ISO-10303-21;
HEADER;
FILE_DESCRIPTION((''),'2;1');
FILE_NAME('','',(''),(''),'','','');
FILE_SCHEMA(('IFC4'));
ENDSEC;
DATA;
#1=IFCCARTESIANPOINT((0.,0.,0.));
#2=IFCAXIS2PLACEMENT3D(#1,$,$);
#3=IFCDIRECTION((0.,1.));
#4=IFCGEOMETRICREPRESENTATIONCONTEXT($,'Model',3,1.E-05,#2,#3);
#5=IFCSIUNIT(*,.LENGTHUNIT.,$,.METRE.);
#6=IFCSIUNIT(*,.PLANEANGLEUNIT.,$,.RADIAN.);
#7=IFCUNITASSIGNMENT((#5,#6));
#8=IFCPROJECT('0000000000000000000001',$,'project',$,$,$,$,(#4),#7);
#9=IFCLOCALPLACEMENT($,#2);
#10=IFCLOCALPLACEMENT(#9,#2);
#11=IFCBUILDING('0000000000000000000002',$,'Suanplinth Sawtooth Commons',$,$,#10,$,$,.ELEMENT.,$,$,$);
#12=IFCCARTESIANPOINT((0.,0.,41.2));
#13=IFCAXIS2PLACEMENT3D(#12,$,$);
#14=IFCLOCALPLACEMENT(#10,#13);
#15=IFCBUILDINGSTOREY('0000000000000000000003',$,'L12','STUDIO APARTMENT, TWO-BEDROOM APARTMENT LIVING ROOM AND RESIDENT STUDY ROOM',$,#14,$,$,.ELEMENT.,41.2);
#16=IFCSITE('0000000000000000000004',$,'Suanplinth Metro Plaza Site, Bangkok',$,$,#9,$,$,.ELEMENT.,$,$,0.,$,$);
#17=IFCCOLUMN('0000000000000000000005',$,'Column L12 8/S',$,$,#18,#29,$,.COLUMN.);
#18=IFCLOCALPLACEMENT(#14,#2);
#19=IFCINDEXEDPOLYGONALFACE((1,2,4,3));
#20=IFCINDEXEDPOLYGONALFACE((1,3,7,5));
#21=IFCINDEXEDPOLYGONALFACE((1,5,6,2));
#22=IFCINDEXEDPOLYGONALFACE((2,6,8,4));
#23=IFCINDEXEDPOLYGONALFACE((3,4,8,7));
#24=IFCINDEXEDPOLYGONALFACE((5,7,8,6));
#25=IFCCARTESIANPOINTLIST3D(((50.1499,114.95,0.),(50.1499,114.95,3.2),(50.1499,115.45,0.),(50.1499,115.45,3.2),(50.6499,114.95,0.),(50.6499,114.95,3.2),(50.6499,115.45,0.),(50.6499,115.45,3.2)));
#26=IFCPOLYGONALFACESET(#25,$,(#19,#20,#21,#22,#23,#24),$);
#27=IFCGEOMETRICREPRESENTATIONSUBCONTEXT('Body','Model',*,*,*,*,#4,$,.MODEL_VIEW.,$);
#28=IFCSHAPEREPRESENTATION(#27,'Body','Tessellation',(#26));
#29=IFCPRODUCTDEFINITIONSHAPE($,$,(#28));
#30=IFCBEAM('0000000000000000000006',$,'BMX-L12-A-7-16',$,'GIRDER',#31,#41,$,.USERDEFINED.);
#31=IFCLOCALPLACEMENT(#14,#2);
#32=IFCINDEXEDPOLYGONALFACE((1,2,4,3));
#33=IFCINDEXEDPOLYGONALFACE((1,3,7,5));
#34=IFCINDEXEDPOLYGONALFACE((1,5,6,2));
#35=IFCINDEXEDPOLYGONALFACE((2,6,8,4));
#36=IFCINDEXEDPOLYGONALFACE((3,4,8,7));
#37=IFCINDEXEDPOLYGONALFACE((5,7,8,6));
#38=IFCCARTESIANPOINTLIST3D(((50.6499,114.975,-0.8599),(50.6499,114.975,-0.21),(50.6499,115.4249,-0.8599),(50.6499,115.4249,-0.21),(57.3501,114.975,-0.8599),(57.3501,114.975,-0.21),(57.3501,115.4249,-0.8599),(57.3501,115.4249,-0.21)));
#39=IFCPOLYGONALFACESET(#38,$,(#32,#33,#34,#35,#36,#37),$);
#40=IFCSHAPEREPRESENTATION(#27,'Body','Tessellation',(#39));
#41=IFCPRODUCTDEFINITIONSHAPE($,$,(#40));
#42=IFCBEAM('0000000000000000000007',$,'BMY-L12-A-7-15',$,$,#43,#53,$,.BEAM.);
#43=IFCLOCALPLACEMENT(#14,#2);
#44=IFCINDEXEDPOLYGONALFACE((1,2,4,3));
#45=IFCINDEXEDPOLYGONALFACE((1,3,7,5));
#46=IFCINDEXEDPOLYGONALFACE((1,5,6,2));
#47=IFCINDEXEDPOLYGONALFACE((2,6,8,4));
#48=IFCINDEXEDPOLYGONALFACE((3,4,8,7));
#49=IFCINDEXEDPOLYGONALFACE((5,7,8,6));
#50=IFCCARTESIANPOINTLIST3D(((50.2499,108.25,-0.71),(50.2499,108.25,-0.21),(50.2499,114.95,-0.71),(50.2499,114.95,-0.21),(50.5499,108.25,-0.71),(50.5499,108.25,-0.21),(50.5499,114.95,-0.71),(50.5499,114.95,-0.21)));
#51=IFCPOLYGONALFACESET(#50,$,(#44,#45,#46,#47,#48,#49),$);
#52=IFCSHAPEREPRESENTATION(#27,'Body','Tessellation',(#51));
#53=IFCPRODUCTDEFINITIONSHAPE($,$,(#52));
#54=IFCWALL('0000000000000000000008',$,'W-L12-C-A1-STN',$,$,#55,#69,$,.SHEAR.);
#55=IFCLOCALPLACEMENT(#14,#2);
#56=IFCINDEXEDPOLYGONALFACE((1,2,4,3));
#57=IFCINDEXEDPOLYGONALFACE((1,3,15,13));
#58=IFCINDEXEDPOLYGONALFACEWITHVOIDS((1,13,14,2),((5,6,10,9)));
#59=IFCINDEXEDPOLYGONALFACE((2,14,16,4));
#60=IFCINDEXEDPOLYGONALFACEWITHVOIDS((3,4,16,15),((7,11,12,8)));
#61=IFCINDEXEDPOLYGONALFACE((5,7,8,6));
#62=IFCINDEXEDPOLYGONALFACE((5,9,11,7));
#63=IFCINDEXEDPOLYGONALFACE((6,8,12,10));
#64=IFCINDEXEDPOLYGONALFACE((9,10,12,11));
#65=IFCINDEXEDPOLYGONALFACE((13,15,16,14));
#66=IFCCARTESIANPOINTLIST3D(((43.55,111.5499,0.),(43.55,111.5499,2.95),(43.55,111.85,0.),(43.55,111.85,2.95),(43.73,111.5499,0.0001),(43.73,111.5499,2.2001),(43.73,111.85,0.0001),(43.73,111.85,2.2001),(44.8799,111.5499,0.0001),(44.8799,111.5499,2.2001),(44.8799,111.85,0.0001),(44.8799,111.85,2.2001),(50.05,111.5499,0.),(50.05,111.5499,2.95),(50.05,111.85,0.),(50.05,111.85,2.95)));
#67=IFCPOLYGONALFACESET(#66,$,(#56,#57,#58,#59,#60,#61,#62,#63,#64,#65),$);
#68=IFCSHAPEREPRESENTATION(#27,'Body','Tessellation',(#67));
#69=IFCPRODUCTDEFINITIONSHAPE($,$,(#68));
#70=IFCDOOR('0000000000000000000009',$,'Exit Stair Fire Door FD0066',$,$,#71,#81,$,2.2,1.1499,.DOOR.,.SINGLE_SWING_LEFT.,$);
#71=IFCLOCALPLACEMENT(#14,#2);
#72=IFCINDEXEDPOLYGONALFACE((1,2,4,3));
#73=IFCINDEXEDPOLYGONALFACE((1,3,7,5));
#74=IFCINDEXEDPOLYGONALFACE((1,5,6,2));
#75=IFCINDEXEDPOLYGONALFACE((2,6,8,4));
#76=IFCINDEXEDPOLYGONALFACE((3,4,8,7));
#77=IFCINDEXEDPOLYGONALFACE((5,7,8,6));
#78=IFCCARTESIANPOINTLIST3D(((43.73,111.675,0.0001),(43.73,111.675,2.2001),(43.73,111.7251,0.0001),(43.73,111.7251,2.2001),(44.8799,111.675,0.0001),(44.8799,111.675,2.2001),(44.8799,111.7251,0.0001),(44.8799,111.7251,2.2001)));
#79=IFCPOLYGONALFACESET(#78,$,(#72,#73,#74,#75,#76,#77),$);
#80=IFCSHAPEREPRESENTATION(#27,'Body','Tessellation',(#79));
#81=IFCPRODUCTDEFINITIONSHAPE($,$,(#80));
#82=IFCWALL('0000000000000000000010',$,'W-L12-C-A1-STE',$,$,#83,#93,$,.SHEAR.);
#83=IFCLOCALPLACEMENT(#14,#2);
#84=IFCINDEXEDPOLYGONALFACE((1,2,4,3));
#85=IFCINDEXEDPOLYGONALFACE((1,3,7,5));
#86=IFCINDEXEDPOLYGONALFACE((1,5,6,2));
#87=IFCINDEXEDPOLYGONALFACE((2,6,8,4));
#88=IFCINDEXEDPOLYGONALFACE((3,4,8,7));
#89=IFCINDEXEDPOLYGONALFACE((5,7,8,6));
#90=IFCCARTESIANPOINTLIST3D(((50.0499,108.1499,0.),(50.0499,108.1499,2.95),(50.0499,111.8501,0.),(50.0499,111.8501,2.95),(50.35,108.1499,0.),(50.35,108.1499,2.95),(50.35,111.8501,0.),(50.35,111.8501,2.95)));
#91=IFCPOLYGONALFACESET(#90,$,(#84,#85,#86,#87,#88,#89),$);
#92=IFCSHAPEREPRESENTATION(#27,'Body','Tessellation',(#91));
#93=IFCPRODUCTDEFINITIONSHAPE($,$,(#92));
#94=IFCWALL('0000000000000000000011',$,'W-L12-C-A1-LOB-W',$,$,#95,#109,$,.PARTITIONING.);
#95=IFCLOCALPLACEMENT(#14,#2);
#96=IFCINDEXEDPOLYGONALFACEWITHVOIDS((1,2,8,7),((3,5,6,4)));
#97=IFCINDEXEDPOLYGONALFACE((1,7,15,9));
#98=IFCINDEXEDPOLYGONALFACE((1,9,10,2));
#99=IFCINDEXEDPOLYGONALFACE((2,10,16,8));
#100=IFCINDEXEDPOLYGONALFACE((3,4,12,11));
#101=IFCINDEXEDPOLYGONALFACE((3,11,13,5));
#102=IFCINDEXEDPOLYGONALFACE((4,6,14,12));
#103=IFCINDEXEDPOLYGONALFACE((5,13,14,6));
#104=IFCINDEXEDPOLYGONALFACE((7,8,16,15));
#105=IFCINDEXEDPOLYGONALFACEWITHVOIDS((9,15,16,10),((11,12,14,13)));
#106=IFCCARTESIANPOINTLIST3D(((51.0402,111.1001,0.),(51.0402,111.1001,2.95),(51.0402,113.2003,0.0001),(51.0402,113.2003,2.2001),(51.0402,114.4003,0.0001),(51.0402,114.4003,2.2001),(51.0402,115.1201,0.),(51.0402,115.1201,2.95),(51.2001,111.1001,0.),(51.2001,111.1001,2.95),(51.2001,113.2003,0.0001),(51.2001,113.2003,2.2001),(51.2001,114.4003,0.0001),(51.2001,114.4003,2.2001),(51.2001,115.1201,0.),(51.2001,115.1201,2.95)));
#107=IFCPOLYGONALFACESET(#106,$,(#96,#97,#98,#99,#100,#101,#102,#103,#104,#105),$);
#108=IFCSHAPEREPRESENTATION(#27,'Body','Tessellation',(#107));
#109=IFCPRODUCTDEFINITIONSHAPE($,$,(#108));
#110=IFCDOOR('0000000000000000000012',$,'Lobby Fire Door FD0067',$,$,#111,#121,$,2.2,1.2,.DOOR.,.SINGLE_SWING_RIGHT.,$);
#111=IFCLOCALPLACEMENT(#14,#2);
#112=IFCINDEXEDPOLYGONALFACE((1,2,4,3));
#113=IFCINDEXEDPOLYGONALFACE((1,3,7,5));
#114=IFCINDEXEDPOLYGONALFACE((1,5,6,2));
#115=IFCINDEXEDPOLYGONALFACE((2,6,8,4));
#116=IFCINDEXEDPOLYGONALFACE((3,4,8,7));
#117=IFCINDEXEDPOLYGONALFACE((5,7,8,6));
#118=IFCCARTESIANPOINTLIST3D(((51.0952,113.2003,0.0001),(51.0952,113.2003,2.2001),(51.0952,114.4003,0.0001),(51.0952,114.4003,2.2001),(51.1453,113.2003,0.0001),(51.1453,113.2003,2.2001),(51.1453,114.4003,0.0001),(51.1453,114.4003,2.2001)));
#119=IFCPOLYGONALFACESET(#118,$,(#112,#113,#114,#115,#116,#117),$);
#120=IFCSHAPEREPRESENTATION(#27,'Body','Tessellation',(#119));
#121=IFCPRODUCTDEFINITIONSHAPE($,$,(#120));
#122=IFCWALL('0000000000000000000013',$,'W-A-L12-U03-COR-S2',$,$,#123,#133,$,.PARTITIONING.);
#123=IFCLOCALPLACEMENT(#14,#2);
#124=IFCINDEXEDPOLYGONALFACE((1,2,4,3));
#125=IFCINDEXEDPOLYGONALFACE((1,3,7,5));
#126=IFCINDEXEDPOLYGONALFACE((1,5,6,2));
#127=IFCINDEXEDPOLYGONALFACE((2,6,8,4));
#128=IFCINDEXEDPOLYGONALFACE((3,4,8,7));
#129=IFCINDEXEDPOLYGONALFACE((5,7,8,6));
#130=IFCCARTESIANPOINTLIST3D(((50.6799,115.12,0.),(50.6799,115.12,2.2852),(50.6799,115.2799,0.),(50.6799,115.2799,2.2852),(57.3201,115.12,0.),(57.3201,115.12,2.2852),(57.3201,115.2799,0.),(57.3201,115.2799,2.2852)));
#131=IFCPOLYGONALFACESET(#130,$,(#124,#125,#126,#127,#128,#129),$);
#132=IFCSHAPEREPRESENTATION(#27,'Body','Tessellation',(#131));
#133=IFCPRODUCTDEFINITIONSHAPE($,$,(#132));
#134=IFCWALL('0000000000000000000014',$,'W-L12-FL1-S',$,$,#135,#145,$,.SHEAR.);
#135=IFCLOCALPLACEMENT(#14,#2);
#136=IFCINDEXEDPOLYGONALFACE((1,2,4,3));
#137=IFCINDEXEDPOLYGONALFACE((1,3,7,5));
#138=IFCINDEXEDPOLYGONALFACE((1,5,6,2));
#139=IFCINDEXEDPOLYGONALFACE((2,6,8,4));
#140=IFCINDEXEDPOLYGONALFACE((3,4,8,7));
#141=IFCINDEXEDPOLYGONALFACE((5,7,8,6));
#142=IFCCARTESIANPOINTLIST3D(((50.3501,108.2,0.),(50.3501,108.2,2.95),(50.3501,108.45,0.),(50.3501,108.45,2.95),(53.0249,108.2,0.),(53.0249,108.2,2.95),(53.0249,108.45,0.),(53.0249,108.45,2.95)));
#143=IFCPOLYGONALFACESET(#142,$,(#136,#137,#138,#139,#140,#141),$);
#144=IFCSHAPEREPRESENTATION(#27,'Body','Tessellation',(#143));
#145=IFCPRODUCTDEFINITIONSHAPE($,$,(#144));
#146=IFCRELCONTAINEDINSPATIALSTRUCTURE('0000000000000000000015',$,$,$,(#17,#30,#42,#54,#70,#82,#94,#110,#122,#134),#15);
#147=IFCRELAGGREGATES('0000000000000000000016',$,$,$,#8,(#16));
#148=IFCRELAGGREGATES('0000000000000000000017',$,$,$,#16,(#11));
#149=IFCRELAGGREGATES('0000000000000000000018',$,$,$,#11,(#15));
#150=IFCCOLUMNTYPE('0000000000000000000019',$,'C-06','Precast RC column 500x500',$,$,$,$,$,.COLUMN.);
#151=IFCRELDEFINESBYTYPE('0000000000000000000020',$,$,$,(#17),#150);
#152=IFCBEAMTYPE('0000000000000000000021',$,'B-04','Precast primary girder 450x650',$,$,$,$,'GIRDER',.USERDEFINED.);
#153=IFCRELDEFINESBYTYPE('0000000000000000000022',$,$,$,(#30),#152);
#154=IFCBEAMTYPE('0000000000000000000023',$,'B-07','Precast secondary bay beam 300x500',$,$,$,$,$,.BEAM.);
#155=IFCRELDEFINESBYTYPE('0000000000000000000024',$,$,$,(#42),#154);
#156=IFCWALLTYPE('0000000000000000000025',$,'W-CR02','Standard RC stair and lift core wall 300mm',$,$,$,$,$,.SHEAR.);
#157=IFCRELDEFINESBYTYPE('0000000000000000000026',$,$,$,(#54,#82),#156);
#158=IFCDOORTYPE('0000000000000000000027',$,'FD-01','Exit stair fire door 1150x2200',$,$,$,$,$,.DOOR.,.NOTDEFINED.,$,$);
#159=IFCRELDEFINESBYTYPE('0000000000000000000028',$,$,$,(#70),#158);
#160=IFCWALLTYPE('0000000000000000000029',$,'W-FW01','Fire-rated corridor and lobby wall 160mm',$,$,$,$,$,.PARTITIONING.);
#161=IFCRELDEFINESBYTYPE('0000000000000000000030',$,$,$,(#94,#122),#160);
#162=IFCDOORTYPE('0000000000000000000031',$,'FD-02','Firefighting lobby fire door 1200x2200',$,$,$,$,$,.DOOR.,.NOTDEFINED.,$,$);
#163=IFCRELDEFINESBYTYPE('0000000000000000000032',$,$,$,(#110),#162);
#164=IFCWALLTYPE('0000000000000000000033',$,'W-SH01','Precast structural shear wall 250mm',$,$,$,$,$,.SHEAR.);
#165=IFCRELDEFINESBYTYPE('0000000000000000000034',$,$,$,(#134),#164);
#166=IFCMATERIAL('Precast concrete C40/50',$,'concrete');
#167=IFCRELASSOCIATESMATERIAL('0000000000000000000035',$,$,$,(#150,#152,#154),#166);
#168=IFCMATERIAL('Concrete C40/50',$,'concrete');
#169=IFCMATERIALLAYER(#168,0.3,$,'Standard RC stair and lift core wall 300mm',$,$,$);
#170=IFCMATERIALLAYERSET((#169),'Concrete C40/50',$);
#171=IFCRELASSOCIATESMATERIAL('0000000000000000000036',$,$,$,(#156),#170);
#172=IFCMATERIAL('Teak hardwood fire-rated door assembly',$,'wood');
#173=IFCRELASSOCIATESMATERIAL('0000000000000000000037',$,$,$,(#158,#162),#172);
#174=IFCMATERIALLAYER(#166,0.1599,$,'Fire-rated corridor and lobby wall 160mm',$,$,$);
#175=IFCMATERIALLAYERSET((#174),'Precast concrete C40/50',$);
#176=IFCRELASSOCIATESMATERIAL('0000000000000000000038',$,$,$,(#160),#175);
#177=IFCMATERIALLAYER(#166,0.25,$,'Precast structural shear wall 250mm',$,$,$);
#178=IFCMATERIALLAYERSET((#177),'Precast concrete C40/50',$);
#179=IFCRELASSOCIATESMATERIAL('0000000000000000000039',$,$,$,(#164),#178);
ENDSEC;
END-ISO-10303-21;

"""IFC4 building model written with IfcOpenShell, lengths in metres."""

from ifc_helpers import new_model, si_unit, direction, frame, frame_2d, origin, origin_2d, place, context, subcontext, project, spatial, rectangle, extrude, material, layer, layer_set, material_profile, profile_set, type_object, element, fill, save


model = new_model("IFC4")

# Units and contexts
model_context = context("Model", 3, precision=1e-05, world=origin(), true_north=direction((0.0, 1.0)))
body_context = subcontext(model_context, "Body", "Model", "MODEL_VIEW")
ifc_project = project(units=[si_unit("LENGTHUNIT", "METRE"), si_unit("PLANEANGLEUNIT", "RADIAN")], contexts=[model_context])

# Site, building, storey
site_placement = place(None, origin())
site = spatial("IfcSite", under=ifc_project, at=site_placement, Name="Suanplinth Metro Plaza Site, Bangkok", CompositionType="ELEMENT", RefElevation=0.0)
building_placement = place(site_placement, origin())
building = spatial("IfcBuilding", under=site, at=building_placement, Name="Suanplinth Sawtooth Commons", CompositionType="ELEMENT")
storey_placement = place(building_placement, frame((0.0, 0.0, 41.2)))
storey = spatial("IfcBuildingStorey", under=building, at=storey_placement, Name="L12", Description="STUDIO APARTMENT, TWO-BEDROOM APARTMENT LIVING ROOM AND RESIDENT STUDY ROOM", CompositionType="ELEMENT", Elevation=41.2)

# Column
ifc_material_1 = material(Name="Precast concrete C40/50", Category="concrete")
ifc_material_profile_1 = material_profile(ifc_material_1, rectangle(XDim=0.5, YDim=0.5, at=origin_2d()), Name="PC-COL 500x500")
ifc_profile_set_1 = profile_set([ifc_material_profile_1], Name="Precast concrete C40/50")
column_type = type_object("IfcColumnType", Name="C-06", Description="Precast RC column 500x500", PredefinedType="COLUMN", material=ifc_profile_set_1)
column_placement = place(storey_placement, frame((50.3999, 115.2, 0.0), z_axis=(0.0, 0.0, 1.0), x_axis=(1.0, 0.0, 0.0)))
element("IfcColumn", 1, at=column_placement, inside=storey, type_object=column_type, Name="Column L12 8/S", PredefinedType="COLUMN", context=body_context, shape_type="SweptSolid", body=[
    extrude(rectangle(XDim=0.5, YDim=0.5, at=origin_2d()), origin(), (0.0, 0.0, 1.0), 3.2),
])

# Beams
ifc_material_profile_2 = material_profile(ifc_material_1, rectangle(XDim=0.45, YDim=0.6499, at=origin_2d()), Name="PC-GDR 450x650")
ifc_profile_set_2 = profile_set([ifc_material_profile_2], Name="Precast concrete C40/50")
beam_type_1 = type_object("IfcBeamType", Name="B-04", Description="Precast primary girder 450x650", ElementType="GIRDER", PredefinedType="USERDEFINED", material=ifc_profile_set_2)
beam_1_placement = place(storey_placement, frame((50.6499, 115.2, -0.5349), z_axis=(1.0, 0.0, 0.0), x_axis=(0.0, 1.0, 0.0)))
element("IfcBeam", 2, at=beam_1_placement, inside=storey, type_object=beam_type_1, Name="BMX-L12-A-7-16", ObjectType="GIRDER", PredefinedType="USERDEFINED", context=body_context, shape_type="SweptSolid", body=[
    extrude(rectangle(XDim=0.45, YDim=0.6499, at=origin_2d()), origin(), (0.0, 0.0, 1.0), 6.7002),
])
ifc_material_profile_3 = material_profile(ifc_material_1, rectangle(XDim=0.3, YDim=0.5, at=origin_2d()), Name="PC-BM 300x500")
ifc_profile_set_3 = profile_set([ifc_material_profile_3], Name="Precast concrete C40/50")
beam_type_2 = type_object("IfcBeamType", Name="B-07", Description="Precast secondary bay beam 300x500", PredefinedType="BEAM", material=ifc_profile_set_3)
beam_2_placement = place(storey_placement, frame((50.3999, 108.25, -0.46), z_axis=(0.0, 1.0, 0.0), x_axis=(-1.0, 0.0, 0.0)))
element("IfcBeam", 3, at=beam_2_placement, inside=storey, type_object=beam_type_2, Name="BMY-L12-A-7-15", PredefinedType="BEAM", context=body_context, shape_type="SweptSolid", body=[
    extrude(rectangle(XDim=0.3, YDim=0.5, at=origin_2d()), origin(), (0.0, 0.0, 1.0), 6.7),
])

# Wall, opening, door
ifc_material_2 = material(Name="Concrete C40/50", Category="concrete")
ifc_layer_1 = layer(ifc_material_2, 0.3, Name="Standard RC stair and lift core wall 300mm")
ifc_layer_set_1 = layer_set([ifc_layer_1], Name="Concrete C40/50")
wall_type_1 = type_object("IfcWallType", Name="W-CR02", Description="Standard RC stair and lift core wall 300mm", PredefinedType="SHEAR", material=ifc_layer_set_1)
wall_1_placement = place(storey_placement, frame((43.55, 111.7, 0.0), z_axis=(0.0, 0.0, 1.0), x_axis=(1.0, 0.0, 0.0)))
wall_1 = element("IfcWall", 4, at=wall_1_placement, inside=storey, type_object=wall_type_1, Name="W-L12-C-A1-STN", PredefinedType="SHEAR", context=body_context, shape_type="SweptSolid", body=[
    extrude(rectangle(XDim=6.5, YDim=0.3, at=frame_2d((3.25, 0.0))), origin(), (0.0, 0.0, 1.0), 2.95),
])
opening_1_placement = place(wall_1_placement, frame((0.1799, 0.0, 0.0)))
opening_1 = element("IfcOpeningElement", 5, at=opening_1_placement, cuts=wall_1, PredefinedType="OPENING", context=body_context, shape_type="SweptSolid", body=[
    extrude(rectangle(XDim=1.1499, YDim=2.2, at=frame_2d((0.575, 1.1001))), frame((0.0, 0.165, 0.0), z_axis=(0.0, -1.0, 0.0), x_axis=(1.0, 0.0, 0.0)), (0.0, 0.0, 1.0), 0.3298),
])
ifc_material_3 = material(Name="Teak hardwood fire-rated door assembly", Category="wood")
door_type_1 = type_object("IfcDoorType", Name="FD-01", Description="Exit stair fire door 1150x2200", OperationType="NOTDEFINED", PredefinedType="DOOR", material=ifc_material_3)
door_1_placement = place(opening_1_placement, frame((1.1499, 0.0, 0.0), z_axis=(0.0, 0.0, 1.0), x_axis=(-1.0, 0.0, 0.0)))
door_1 = element("IfcDoor", 6, at=door_1_placement, inside=storey, type_object=door_type_1, Name="Exit Stair Fire Door FD0066", OperationType="SINGLE_SWING_LEFT", OverallHeight=2.2, OverallWidth=1.1499, PredefinedType="DOOR", context=body_context, shape_type="SweptSolid", body=[
    extrude(rectangle(XDim=1.1499, YDim=2.2, at=frame_2d((0.575, 1.1001))), frame((0.0, 0.0249, 0.0), z_axis=(0.0, -1.0, 0.0), x_axis=(1.0, 0.0, 0.0)), (0.0, 0.0, 1.0), 0.05),
])
fill(opening_1, door_1)

# Wall
wall_2_placement = place(storey_placement, frame((50.2, 108.1499, 0.0), z_axis=(0.0, 0.0, 1.0), x_axis=(0.0, 1.0, 0.0)))
element("IfcWall", 7, at=wall_2_placement, inside=storey, type_object=wall_type_1, Name="W-L12-C-A1-STE", PredefinedType="SHEAR", context=body_context, shape_type="SweptSolid", body=[
    extrude(rectangle(XDim=3.7002, YDim=0.3, at=frame_2d((1.8501, 0.0))), origin(), (0.0, 0.0, 1.0), 2.95),
])

# Wall, opening, door
ifc_layer_2 = layer(ifc_material_1, 0.1599, Name="Fire-rated corridor and lobby wall 160mm")
ifc_layer_set_2 = layer_set([ifc_layer_2], Name="Precast concrete C40/50")
wall_type_2 = type_object("IfcWallType", Name="W-FW01", Description="Fire-rated corridor and lobby wall 160mm", PredefinedType="PARTITIONING", material=ifc_layer_set_2)
wall_3_placement = place(storey_placement, frame((51.1201, 111.1001, 0.0), z_axis=(0.0, 0.0, 1.0), x_axis=(0.0, 1.0, 0.0)))
wall_3 = element("IfcWall", 8, at=wall_3_placement, inside=storey, type_object=wall_type_2, Name="W-L12-C-A1-LOB-W", PredefinedType="PARTITIONING", context=body_context, shape_type="SweptSolid", body=[
    extrude(rectangle(XDim=4.02, YDim=0.1599, at=frame_2d((2.01, 0.0))), origin(), (0.0, 0.0, 1.0), 2.95),
])
opening_2_placement = place(wall_3_placement, frame((2.1001, 0.0, 0.0)))
opening_2 = element("IfcOpeningElement", 9, at=opening_2_placement, cuts=wall_3, PredefinedType="OPENING", context=body_context, shape_type="SweptSolid", body=[
    extrude(rectangle(XDim=1.2, YDim=2.2, at=frame_2d((0.6001, 1.1001))), frame((0.0, 0.0947, 0.0), z_axis=(0.0, -1.0, 0.0), x_axis=(1.0, 0.0, 0.0)), (0.0, 0.0, 1.0), 0.1897),
])
door_type_2 = type_object("IfcDoorType", Name="FD-02", Description="Firefighting lobby fire door 1200x2200", OperationType="NOTDEFINED", PredefinedType="DOOR", material=ifc_material_3)
door_2_placement = place(opening_2_placement, origin())
door_2 = element("IfcDoor", 10, at=door_2_placement, inside=storey, type_object=door_type_2, Name="Lobby Fire Door FD0067", OperationType="SINGLE_SWING_RIGHT", OverallHeight=2.2, OverallWidth=1.2, PredefinedType="DOOR", context=body_context, shape_type="SweptSolid", body=[
    extrude(rectangle(XDim=1.2, YDim=2.2, at=frame_2d((0.6001, 1.1001))), frame((0.0, 0.0249, 0.0), z_axis=(0.0, -1.0, 0.0), x_axis=(1.0, 0.0, 0.0)), (0.0, 0.0, 1.0), 0.05),
])
fill(opening_2, door_2)

# Walls
wall_4_placement = place(storey_placement, frame((50.6799, 115.2, 0.0), z_axis=(0.0, 0.0, 1.0), x_axis=(1.0, 0.0, 0.0)))
element("IfcWall", 11, at=wall_4_placement, inside=storey, type_object=wall_type_2, Name="W-A-L12-U03-COR-S2", PredefinedType="PARTITIONING", context=body_context, shape_type="SweptSolid", body=[
    extrude(rectangle(XDim=6.6401, YDim=0.1599, at=frame_2d((3.3201, 0.0))), origin(), (0.0, 0.0, 1.0), 2.2852),
])
ifc_layer_3 = layer(ifc_material_1, 0.25, Name="Precast structural shear wall 250mm")
ifc_layer_set_3 = layer_set([ifc_layer_3], Name="Precast concrete C40/50")
wall_type_3 = type_object("IfcWallType", Name="W-SH01", Description="Precast structural shear wall 250mm", PredefinedType="SHEAR", material=ifc_layer_set_3)
wall_5_placement = place(storey_placement, frame((50.3501, 108.325, 0.0), z_axis=(0.0, 0.0, 1.0), x_axis=(1.0, 0.0, 0.0)))
element("IfcWall", 12, at=wall_5_placement, inside=storey, type_object=wall_type_3, Name="W-L12-FL1-S", PredefinedType="SHEAR", context=body_context, shape_type="SweptSolid", body=[
    extrude(rectangle(XDim=2.6748, YDim=0.25, at=frame_2d((1.3374, 0.0))), origin(), (0.0, 0.0, 1.0), 2.95),
])

save(model, "model.ifc")
